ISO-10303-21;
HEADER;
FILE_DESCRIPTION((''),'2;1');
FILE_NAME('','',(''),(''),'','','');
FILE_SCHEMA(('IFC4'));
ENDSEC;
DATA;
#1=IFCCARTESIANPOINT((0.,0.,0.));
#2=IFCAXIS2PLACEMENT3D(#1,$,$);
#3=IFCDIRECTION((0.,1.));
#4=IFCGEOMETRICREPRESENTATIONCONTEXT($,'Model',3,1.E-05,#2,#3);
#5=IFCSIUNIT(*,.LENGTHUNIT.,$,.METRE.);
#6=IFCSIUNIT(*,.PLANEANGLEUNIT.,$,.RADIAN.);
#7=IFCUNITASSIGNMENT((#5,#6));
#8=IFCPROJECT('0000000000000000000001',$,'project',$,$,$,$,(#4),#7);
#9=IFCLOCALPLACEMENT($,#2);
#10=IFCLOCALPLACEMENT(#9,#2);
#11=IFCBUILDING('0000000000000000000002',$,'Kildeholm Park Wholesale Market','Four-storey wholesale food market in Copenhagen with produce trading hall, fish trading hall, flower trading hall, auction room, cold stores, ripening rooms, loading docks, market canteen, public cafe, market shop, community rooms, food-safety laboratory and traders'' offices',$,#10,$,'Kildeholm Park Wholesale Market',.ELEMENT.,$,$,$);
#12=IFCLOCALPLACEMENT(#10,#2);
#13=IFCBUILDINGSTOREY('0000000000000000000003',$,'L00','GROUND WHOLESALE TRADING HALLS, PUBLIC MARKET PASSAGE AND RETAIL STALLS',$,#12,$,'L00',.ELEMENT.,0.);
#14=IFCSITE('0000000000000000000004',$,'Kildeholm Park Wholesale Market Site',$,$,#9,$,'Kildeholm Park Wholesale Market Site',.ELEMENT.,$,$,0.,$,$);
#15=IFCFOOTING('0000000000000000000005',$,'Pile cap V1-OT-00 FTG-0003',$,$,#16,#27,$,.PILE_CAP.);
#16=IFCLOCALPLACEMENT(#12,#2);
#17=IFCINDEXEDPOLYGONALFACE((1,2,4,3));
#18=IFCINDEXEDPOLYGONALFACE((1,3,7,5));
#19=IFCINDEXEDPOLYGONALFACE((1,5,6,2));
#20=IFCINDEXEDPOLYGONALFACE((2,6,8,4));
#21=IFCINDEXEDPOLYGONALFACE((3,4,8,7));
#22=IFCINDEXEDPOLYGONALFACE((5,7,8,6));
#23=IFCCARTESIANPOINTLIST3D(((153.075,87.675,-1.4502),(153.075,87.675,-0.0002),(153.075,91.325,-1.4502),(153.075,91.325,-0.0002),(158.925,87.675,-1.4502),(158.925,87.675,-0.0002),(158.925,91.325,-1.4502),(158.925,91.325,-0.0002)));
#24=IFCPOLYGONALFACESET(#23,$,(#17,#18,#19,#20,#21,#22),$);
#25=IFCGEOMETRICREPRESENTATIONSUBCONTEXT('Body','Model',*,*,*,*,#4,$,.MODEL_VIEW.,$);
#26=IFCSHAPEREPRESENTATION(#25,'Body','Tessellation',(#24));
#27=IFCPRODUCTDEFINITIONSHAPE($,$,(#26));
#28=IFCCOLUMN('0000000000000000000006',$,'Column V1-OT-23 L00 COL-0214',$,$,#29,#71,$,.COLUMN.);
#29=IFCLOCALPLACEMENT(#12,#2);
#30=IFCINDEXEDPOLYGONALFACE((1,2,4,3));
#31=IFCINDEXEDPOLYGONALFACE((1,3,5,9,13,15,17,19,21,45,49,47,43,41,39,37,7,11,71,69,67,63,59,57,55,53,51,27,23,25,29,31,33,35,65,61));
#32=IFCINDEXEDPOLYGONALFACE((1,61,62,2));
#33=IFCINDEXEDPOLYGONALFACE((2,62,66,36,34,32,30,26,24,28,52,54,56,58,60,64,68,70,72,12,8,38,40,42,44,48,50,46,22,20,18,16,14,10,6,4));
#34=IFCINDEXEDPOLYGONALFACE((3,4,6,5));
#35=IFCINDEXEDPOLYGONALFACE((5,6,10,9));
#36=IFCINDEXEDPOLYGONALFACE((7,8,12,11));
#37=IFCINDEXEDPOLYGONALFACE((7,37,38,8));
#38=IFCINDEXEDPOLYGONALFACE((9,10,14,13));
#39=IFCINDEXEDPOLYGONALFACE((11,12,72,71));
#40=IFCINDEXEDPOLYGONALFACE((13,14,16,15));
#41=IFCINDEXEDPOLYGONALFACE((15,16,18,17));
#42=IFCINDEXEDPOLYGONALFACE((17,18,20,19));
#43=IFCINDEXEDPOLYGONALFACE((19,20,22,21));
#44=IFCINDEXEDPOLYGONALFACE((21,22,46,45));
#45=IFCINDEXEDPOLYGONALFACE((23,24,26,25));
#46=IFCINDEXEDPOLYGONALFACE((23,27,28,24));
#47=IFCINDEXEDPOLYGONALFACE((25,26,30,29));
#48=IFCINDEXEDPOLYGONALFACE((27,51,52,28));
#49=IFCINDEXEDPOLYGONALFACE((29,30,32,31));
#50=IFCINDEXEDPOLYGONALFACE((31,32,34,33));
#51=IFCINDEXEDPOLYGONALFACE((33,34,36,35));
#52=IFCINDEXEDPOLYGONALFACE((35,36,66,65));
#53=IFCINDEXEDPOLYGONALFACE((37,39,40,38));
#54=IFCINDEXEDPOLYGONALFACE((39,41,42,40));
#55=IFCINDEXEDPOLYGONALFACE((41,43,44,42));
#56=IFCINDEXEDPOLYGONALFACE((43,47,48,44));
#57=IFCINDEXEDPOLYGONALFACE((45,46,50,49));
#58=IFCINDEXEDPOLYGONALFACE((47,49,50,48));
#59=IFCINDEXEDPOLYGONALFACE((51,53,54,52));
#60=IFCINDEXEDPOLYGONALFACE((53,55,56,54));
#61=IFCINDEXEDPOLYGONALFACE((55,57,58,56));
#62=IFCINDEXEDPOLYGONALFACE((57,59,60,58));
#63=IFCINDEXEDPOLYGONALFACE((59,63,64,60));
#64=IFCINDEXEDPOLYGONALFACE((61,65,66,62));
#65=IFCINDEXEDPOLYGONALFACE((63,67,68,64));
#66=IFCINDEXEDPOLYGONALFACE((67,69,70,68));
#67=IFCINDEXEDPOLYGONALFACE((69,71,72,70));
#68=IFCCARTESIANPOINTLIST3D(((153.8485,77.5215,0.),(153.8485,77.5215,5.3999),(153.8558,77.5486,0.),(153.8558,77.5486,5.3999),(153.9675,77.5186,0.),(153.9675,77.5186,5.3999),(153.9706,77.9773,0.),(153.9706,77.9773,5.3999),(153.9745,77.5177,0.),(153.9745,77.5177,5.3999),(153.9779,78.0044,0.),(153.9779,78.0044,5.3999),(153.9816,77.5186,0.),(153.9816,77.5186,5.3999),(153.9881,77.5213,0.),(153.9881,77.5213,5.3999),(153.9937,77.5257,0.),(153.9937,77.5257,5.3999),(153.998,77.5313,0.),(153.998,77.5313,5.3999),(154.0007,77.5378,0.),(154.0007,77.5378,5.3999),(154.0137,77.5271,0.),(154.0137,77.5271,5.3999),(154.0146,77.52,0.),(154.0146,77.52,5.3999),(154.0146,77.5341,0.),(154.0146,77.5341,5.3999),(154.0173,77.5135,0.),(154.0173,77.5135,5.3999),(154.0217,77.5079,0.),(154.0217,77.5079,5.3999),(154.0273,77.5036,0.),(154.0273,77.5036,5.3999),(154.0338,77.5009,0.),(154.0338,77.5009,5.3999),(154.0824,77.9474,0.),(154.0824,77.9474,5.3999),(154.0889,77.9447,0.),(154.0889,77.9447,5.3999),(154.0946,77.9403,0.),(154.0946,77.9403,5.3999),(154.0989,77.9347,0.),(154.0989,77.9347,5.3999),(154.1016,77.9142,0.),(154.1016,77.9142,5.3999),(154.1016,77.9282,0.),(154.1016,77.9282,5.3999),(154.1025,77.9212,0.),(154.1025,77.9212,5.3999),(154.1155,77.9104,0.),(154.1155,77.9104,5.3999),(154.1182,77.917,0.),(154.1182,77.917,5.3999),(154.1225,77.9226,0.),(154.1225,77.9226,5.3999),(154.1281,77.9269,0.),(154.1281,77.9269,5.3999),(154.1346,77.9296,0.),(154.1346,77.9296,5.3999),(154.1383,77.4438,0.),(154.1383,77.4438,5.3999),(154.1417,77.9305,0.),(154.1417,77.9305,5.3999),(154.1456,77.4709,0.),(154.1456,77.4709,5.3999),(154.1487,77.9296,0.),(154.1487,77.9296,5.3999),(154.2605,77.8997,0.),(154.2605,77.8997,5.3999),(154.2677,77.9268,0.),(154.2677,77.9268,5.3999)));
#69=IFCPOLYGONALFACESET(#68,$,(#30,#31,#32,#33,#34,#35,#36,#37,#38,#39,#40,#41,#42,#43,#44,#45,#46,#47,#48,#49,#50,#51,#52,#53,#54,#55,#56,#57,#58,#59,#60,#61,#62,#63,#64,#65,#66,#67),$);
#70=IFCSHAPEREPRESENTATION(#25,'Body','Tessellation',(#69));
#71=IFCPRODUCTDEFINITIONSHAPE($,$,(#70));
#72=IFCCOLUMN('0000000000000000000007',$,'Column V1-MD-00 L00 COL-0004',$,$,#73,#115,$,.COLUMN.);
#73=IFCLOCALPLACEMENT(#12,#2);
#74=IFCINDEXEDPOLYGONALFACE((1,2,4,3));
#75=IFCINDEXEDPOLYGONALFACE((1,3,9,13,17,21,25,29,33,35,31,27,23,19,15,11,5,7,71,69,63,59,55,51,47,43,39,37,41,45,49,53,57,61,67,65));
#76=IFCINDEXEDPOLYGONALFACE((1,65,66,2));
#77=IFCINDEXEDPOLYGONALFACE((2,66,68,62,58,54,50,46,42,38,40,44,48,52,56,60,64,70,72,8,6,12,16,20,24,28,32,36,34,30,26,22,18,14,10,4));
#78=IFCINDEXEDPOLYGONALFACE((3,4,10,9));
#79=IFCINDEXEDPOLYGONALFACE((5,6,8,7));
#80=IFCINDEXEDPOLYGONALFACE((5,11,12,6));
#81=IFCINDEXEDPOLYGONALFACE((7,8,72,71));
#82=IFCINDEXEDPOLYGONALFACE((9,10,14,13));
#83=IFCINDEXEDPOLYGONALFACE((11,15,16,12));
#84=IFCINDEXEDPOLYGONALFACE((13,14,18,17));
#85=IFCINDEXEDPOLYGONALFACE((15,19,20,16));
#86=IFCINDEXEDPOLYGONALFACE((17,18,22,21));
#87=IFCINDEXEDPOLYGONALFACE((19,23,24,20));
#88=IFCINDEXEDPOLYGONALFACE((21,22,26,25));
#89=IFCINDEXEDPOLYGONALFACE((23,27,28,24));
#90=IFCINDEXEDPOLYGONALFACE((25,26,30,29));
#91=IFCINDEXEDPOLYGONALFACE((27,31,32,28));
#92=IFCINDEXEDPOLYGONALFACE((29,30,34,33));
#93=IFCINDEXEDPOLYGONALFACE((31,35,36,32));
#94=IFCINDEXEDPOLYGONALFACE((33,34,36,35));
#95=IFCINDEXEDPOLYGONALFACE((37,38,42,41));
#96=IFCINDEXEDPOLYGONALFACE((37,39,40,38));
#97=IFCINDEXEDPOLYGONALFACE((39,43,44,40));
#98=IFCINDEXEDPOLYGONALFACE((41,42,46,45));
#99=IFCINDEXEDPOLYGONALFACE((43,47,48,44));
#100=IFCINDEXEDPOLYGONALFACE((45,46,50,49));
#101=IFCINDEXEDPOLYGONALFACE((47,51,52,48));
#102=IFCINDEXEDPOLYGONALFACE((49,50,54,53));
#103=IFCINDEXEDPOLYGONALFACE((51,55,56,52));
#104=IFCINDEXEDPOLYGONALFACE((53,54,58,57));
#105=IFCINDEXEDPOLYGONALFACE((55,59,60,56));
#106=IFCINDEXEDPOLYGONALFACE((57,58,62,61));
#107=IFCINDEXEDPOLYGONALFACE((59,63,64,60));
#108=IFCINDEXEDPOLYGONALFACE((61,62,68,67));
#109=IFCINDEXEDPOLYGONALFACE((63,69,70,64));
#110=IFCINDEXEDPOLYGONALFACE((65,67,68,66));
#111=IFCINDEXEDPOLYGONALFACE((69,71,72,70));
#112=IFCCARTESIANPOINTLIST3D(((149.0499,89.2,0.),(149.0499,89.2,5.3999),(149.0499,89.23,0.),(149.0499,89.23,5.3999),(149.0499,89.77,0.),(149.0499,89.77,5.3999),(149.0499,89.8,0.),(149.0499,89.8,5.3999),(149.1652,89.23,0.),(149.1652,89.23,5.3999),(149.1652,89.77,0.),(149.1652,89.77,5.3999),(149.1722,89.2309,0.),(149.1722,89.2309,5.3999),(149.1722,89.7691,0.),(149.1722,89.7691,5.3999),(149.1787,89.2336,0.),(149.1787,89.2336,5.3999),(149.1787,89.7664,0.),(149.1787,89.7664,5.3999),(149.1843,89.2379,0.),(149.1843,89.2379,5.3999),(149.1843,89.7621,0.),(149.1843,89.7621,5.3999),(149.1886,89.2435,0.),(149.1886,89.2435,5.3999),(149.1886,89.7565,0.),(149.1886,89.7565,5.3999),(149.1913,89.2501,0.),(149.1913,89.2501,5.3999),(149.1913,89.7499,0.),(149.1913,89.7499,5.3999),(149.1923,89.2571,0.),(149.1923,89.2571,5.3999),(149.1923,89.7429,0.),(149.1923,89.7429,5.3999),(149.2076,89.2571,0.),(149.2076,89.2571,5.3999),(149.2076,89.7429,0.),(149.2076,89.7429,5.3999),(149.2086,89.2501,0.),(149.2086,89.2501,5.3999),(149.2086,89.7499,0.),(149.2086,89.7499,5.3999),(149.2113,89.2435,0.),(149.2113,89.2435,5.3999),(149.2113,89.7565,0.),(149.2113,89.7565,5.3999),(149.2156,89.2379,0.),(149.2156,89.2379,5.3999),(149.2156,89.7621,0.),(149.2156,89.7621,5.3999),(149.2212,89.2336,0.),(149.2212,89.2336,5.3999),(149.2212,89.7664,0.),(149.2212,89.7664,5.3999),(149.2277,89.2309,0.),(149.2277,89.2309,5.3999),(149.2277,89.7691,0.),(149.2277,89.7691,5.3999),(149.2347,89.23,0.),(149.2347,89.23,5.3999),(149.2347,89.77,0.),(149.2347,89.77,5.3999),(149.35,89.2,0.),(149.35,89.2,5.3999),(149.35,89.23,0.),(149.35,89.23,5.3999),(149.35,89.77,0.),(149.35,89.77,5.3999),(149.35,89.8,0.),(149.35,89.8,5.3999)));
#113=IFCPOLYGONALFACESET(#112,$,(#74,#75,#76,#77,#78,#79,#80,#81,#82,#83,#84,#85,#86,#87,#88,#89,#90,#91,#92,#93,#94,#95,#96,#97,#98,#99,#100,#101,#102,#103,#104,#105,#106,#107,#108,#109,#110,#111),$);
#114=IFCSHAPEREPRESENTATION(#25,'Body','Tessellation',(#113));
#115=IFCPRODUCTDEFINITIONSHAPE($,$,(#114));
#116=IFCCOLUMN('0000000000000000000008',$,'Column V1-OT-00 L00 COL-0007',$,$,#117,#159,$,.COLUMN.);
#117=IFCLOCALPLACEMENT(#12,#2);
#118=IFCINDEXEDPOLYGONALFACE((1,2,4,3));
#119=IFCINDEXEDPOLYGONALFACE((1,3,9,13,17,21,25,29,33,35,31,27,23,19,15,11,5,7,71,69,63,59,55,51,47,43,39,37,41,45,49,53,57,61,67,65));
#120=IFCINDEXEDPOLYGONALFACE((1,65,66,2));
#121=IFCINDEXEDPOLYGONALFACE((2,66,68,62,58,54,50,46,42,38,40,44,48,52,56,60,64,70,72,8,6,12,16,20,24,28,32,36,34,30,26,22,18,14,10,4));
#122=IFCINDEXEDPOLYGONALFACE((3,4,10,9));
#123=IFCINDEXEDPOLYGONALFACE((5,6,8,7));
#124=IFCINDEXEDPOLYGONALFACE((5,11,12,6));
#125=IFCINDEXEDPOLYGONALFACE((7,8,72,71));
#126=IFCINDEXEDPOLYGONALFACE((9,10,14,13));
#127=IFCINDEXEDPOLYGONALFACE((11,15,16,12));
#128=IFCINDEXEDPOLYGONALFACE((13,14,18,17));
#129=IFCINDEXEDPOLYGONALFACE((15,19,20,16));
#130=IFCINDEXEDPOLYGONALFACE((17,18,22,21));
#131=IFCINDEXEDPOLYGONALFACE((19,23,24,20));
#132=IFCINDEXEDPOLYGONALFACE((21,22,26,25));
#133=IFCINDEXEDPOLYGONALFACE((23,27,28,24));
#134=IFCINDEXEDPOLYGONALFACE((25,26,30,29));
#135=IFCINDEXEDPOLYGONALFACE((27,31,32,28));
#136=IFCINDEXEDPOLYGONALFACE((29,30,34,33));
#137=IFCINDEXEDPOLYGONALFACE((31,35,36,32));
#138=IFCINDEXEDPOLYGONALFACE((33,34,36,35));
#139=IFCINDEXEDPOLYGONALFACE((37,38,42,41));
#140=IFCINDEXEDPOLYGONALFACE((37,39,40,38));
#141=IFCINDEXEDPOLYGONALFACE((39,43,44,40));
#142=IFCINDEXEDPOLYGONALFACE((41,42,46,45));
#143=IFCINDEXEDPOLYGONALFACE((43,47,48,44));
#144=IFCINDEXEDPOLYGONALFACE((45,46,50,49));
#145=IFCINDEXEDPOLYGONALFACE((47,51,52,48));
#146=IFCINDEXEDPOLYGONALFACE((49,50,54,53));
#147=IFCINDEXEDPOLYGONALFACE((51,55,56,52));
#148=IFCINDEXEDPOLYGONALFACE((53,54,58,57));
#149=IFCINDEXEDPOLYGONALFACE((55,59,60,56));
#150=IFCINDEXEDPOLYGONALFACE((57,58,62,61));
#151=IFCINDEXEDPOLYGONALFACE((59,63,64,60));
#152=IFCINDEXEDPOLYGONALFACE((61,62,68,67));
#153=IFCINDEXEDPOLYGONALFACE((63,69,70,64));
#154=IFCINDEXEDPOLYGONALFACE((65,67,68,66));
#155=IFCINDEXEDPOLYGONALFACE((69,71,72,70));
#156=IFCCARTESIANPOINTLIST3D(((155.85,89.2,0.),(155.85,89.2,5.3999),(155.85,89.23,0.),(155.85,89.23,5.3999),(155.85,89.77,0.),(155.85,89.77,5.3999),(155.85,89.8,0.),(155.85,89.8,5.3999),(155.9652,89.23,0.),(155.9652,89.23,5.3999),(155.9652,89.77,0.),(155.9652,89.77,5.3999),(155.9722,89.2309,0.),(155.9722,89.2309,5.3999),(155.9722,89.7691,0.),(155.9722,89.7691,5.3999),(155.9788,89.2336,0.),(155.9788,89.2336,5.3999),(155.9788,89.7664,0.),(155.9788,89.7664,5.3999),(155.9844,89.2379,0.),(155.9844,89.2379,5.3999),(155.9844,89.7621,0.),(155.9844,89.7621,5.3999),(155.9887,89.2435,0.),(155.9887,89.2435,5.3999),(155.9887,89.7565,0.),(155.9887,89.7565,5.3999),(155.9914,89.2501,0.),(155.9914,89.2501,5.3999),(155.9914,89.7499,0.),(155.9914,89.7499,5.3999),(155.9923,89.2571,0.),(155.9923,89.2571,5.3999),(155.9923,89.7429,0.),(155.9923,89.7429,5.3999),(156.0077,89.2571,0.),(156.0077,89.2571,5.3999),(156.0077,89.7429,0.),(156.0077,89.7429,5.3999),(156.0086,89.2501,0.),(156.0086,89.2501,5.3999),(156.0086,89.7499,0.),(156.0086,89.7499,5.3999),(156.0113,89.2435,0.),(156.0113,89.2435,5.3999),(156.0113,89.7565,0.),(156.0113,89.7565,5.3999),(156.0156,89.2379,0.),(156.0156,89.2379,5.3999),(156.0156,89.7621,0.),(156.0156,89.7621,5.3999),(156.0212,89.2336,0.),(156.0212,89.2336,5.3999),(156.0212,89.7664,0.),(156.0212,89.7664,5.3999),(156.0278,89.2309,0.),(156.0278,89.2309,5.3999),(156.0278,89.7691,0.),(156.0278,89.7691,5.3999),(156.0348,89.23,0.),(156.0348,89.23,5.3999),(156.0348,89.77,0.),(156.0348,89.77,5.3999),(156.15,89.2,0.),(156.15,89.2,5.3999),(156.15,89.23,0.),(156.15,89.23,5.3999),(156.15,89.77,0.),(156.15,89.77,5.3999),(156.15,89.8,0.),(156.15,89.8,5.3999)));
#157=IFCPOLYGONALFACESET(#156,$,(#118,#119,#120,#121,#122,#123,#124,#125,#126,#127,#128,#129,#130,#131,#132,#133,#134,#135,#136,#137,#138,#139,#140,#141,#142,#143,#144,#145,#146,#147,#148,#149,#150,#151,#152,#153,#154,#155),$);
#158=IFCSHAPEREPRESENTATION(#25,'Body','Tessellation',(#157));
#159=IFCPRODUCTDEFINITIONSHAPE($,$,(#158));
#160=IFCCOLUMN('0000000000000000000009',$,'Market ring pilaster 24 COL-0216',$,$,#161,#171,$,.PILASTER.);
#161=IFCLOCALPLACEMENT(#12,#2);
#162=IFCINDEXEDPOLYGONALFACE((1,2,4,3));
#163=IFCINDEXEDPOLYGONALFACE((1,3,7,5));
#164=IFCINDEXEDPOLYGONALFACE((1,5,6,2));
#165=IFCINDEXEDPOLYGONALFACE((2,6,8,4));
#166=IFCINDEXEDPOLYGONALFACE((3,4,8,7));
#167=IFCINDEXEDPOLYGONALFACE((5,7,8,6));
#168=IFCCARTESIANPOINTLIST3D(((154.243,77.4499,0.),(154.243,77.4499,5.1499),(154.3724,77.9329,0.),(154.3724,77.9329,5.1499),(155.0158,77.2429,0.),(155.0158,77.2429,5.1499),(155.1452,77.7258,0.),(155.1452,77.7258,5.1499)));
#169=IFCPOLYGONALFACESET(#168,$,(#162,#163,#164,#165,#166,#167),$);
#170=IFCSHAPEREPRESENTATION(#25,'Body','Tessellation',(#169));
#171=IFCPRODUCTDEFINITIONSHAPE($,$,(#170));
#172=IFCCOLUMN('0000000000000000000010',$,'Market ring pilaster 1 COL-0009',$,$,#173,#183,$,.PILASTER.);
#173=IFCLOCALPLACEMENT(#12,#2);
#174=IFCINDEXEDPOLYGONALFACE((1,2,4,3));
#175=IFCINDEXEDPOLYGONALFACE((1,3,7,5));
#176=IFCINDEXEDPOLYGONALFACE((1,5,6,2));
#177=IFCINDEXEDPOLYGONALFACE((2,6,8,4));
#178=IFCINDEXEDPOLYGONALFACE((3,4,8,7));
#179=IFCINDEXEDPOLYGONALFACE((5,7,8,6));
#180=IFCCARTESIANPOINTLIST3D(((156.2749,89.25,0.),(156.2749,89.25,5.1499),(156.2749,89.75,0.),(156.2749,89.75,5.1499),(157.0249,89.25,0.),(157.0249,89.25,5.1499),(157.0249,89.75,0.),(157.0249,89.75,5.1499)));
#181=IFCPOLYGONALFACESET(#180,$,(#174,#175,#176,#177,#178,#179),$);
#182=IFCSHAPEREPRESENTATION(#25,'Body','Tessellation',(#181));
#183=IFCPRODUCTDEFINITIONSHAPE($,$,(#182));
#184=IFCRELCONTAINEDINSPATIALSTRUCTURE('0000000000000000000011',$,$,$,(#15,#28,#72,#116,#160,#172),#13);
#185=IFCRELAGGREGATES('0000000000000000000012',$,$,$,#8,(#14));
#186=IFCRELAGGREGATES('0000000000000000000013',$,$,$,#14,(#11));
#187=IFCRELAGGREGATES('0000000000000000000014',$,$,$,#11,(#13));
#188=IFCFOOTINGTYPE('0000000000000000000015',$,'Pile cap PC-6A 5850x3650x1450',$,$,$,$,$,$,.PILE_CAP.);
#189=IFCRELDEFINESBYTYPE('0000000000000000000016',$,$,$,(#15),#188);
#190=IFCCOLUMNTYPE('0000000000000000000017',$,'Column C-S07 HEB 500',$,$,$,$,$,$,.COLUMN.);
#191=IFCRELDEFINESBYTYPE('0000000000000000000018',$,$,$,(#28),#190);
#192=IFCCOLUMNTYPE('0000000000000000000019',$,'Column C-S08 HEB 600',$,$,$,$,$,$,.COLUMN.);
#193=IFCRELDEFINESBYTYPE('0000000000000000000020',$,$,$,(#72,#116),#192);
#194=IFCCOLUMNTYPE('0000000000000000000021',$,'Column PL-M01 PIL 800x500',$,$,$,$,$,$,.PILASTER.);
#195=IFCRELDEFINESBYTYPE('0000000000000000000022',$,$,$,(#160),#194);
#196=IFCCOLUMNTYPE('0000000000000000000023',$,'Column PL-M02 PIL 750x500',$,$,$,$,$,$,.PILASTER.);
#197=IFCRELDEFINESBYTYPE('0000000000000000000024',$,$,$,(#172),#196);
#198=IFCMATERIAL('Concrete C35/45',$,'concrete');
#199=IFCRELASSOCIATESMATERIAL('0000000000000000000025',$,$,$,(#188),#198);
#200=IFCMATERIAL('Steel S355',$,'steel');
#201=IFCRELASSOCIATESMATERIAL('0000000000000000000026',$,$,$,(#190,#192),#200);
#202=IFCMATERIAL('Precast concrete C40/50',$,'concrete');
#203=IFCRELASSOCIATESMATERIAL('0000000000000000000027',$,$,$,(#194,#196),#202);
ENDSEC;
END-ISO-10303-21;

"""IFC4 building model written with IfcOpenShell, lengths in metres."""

from ifc_helpers import new_model, si_unit, direction, frame, origin, origin_2d, place, context, subcontext, project, spatial, rectangle, i_section, extrude, material, material_profile, profile_set, type_object, element, save


model = new_model("IFC4")

# Units and contexts
model_context = context("Model", 3, precision=1e-05, world=origin(), true_north=direction((0.0, 1.0)))
body_context = subcontext(model_context, "Body", "Model", "MODEL_VIEW")
ifc_project = project(units=[si_unit("LENGTHUNIT", "METRE"), si_unit("PLANEANGLEUNIT", "RADIAN")], contexts=[model_context])

# Site, building, storey
site_placement = place(None, origin())
site = spatial("IfcSite", under=ifc_project, at=site_placement, Name="Kildeholm Park Wholesale Market Site", LongName="Kildeholm Park Wholesale Market Site", CompositionType="ELEMENT", RefElevation=0.0)
building_placement = place(site_placement, origin())
building = spatial("IfcBuilding", under=site, at=building_placement, Name="Kildeholm Park Wholesale Market", Description="Four-storey wholesale food market in Copenhagen with produce trading hall, fish trading hall, flower trading hall, auction room, cold stores, ripening rooms, loading docks, market canteen, public cafe, market shop, community rooms, food-safety laboratory and traders' offices", LongName="Kildeholm Park Wholesale Market", CompositionType="ELEMENT")
storey_placement = place(building_placement, origin())
storey = spatial("IfcBuildingStorey", under=building, at=storey_placement, Name="L00", Description="GROUND WHOLESALE TRADING HALLS, PUBLIC MARKET PASSAGE AND RETAIL STALLS", LongName="L00", CompositionType="ELEMENT", Elevation=0.0)

# Shared definitions
ifc_material_1 = material(Name="Concrete C35/45", Category="concrete")

# Footing
footing_type_1 = type_object("IfcFootingType", Name="Pile cap PC-6A 5850x3650x1450", PredefinedType="PILE_CAP", material=ifc_material_1)
footing_1_placement = place(storey_placement, frame((156.0, 89.5, -1.4502), z_axis=(0.0, 0.0, 1.0), x_axis=(1.0, 0.0, 0.0)))
element("IfcFooting", 1, at=footing_1_placement, inside=storey, type_object=footing_type_1, Name="Pile cap V1-OT-00 FTG-0003", PredefinedType="PILE_CAP", context=body_context, shape_type="SweptSolid", body=[
    extrude(rectangle(XDim=5.8501, YDim=3.6499, at=origin_2d()), origin(), (0.0, 0.0, 1.0), 1.45),
])

# Columns
ifc_material_2 = material(Name="Steel S355", Category="steel")
ifc_material_profile_1 = material_profile(ifc_material_2, i_section(OverallWidth=0.3, OverallDepth=0.5, WebThickness=0.0144, FlangeThickness=0.0281, FilletRadius=0.0271, at=origin_2d()), Name="HEB 500")
ifc_profile_set_1 = profile_set([ifc_material_profile_1], Name="Steel S355")
column_type_1 = type_object("IfcColumnType", Name="Column C-S07 HEB 500", PredefinedType="COLUMN", material=ifc_profile_set_1)
column_1_placement = place(storey_placement, frame((154.0581, 77.7241, 0.0), z_axis=(0.0, 0.0, 1.0), x_axis=(0.965926, -0.258819, 0.0)))
element("IfcColumn", 2, at=column_1_placement, inside=storey, type_object=column_type_1, Name="Column V1-OT-23 L00 COL-0214", PredefinedType="COLUMN", context=body_context, shape_type="SweptSolid", body=[
    extrude(i_section(OverallWidth=0.3, OverallDepth=0.5, WebThickness=0.0144, FlangeThickness=0.0281, FilletRadius=0.0271, at=origin_2d()), origin(), (0.0, 0.0, 1.0), 5.3999),
])
ifc_material_profile_2 = material_profile(ifc_material_2, i_section(OverallWidth=0.3, OverallDepth=0.6001, WebThickness=0.0154, FlangeThickness=0.03, FilletRadius=0.0271, at=origin_2d()), Name="HEB 600")
ifc_profile_set_2 = profile_set([ifc_material_profile_2], Name="Steel S355")
column_type_2 = type_object("IfcColumnType", Name="Column C-S08 HEB 600", PredefinedType="COLUMN", material=ifc_profile_set_2)
for number, where, z_axis, x_axis, name in (
    (3, (149.2, 89.5, 0.0), (0.0, 0.0, 1.0), (1.0, 0.0, 0.0), "Column V1-MD-00 L00 COL-0004"),
    (4, (156.0, 89.5, 0.0), (0.0, 0.0, 1.0), (1.0, 0.0, 0.0), "Column V1-OT-00 L00 COL-0007"),
):
    element("IfcColumn", number, at=place(storey_placement, frame(where, z_axis=z_axis, x_axis=x_axis)), inside=storey, type_object=column_type_2, Name=name, PredefinedType="COLUMN", context=body_context, shape_type="SweptSolid", body=[
        extrude(i_section(OverallWidth=0.3, OverallDepth=0.6001, WebThickness=0.0154, FlangeThickness=0.03, FilletRadius=0.0271, at=origin_2d()), origin(), (0.0, 0.0, 1.0), 5.3999),
    ])
ifc_material_3 = material(Name="Precast concrete C40/50", Category="concrete")
ifc_material_profile_3 = material_profile(ifc_material_3, rectangle(XDim=0.8, YDim=0.5, at=origin_2d()), Name="PIL 800x500")
ifc_profile_set_3 = profile_set([ifc_material_profile_3], Name="Precast concrete C40/50")
column_type_3 = type_object("IfcColumnType", Name="Column PL-M01 PIL 800x500", PredefinedType="PILASTER", material=ifc_profile_set_3)
column_2_placement = place(storey_placement, frame((154.6941, 77.5879, 0.0), z_axis=(0.0, 0.0, 1.0), x_axis=(0.965926, -0.258819, 0.0)))
element("IfcColumn", 5, at=column_2_placement, inside=storey, type_object=column_type_3, Name="Market ring pilaster 24 COL-0216", PredefinedType="PILASTER", context=body_context, shape_type="SweptSolid", body=[
    extrude(rectangle(XDim=0.8, YDim=0.5, at=origin_2d()), origin(), (0.0, 0.0, 1.0), 5.1499),
])
ifc_material_profile_4 = material_profile(ifc_material_3, rectangle(XDim=0.75, YDim=0.5, at=origin_2d()), Name="PIL 750x500")
ifc_profile_set_4 = profile_set([ifc_material_profile_4], Name="Precast concrete C40/50")
column_type_4 = type_object("IfcColumnType", Name="Column PL-M02 PIL 750x500", PredefinedType="PILASTER", material=ifc_profile_set_4)
column_3_placement = place(storey_placement, frame((156.6499, 89.5, 0.0), z_axis=(0.0, 0.0, 1.0), x_axis=(1.0, 0.0, 0.0)))
element("IfcColumn", 6, at=column_3_placement, inside=storey, type_object=column_type_4, Name="Market ring pilaster 1 COL-0009", PredefinedType="PILASTER", context=body_context, shape_type="SweptSolid", body=[
    extrude(rectangle(XDim=0.75, YDim=0.5, at=origin_2d()), origin(), (0.0, 0.0, 1.0), 5.1499),
])

save(model, "model.ifc")
